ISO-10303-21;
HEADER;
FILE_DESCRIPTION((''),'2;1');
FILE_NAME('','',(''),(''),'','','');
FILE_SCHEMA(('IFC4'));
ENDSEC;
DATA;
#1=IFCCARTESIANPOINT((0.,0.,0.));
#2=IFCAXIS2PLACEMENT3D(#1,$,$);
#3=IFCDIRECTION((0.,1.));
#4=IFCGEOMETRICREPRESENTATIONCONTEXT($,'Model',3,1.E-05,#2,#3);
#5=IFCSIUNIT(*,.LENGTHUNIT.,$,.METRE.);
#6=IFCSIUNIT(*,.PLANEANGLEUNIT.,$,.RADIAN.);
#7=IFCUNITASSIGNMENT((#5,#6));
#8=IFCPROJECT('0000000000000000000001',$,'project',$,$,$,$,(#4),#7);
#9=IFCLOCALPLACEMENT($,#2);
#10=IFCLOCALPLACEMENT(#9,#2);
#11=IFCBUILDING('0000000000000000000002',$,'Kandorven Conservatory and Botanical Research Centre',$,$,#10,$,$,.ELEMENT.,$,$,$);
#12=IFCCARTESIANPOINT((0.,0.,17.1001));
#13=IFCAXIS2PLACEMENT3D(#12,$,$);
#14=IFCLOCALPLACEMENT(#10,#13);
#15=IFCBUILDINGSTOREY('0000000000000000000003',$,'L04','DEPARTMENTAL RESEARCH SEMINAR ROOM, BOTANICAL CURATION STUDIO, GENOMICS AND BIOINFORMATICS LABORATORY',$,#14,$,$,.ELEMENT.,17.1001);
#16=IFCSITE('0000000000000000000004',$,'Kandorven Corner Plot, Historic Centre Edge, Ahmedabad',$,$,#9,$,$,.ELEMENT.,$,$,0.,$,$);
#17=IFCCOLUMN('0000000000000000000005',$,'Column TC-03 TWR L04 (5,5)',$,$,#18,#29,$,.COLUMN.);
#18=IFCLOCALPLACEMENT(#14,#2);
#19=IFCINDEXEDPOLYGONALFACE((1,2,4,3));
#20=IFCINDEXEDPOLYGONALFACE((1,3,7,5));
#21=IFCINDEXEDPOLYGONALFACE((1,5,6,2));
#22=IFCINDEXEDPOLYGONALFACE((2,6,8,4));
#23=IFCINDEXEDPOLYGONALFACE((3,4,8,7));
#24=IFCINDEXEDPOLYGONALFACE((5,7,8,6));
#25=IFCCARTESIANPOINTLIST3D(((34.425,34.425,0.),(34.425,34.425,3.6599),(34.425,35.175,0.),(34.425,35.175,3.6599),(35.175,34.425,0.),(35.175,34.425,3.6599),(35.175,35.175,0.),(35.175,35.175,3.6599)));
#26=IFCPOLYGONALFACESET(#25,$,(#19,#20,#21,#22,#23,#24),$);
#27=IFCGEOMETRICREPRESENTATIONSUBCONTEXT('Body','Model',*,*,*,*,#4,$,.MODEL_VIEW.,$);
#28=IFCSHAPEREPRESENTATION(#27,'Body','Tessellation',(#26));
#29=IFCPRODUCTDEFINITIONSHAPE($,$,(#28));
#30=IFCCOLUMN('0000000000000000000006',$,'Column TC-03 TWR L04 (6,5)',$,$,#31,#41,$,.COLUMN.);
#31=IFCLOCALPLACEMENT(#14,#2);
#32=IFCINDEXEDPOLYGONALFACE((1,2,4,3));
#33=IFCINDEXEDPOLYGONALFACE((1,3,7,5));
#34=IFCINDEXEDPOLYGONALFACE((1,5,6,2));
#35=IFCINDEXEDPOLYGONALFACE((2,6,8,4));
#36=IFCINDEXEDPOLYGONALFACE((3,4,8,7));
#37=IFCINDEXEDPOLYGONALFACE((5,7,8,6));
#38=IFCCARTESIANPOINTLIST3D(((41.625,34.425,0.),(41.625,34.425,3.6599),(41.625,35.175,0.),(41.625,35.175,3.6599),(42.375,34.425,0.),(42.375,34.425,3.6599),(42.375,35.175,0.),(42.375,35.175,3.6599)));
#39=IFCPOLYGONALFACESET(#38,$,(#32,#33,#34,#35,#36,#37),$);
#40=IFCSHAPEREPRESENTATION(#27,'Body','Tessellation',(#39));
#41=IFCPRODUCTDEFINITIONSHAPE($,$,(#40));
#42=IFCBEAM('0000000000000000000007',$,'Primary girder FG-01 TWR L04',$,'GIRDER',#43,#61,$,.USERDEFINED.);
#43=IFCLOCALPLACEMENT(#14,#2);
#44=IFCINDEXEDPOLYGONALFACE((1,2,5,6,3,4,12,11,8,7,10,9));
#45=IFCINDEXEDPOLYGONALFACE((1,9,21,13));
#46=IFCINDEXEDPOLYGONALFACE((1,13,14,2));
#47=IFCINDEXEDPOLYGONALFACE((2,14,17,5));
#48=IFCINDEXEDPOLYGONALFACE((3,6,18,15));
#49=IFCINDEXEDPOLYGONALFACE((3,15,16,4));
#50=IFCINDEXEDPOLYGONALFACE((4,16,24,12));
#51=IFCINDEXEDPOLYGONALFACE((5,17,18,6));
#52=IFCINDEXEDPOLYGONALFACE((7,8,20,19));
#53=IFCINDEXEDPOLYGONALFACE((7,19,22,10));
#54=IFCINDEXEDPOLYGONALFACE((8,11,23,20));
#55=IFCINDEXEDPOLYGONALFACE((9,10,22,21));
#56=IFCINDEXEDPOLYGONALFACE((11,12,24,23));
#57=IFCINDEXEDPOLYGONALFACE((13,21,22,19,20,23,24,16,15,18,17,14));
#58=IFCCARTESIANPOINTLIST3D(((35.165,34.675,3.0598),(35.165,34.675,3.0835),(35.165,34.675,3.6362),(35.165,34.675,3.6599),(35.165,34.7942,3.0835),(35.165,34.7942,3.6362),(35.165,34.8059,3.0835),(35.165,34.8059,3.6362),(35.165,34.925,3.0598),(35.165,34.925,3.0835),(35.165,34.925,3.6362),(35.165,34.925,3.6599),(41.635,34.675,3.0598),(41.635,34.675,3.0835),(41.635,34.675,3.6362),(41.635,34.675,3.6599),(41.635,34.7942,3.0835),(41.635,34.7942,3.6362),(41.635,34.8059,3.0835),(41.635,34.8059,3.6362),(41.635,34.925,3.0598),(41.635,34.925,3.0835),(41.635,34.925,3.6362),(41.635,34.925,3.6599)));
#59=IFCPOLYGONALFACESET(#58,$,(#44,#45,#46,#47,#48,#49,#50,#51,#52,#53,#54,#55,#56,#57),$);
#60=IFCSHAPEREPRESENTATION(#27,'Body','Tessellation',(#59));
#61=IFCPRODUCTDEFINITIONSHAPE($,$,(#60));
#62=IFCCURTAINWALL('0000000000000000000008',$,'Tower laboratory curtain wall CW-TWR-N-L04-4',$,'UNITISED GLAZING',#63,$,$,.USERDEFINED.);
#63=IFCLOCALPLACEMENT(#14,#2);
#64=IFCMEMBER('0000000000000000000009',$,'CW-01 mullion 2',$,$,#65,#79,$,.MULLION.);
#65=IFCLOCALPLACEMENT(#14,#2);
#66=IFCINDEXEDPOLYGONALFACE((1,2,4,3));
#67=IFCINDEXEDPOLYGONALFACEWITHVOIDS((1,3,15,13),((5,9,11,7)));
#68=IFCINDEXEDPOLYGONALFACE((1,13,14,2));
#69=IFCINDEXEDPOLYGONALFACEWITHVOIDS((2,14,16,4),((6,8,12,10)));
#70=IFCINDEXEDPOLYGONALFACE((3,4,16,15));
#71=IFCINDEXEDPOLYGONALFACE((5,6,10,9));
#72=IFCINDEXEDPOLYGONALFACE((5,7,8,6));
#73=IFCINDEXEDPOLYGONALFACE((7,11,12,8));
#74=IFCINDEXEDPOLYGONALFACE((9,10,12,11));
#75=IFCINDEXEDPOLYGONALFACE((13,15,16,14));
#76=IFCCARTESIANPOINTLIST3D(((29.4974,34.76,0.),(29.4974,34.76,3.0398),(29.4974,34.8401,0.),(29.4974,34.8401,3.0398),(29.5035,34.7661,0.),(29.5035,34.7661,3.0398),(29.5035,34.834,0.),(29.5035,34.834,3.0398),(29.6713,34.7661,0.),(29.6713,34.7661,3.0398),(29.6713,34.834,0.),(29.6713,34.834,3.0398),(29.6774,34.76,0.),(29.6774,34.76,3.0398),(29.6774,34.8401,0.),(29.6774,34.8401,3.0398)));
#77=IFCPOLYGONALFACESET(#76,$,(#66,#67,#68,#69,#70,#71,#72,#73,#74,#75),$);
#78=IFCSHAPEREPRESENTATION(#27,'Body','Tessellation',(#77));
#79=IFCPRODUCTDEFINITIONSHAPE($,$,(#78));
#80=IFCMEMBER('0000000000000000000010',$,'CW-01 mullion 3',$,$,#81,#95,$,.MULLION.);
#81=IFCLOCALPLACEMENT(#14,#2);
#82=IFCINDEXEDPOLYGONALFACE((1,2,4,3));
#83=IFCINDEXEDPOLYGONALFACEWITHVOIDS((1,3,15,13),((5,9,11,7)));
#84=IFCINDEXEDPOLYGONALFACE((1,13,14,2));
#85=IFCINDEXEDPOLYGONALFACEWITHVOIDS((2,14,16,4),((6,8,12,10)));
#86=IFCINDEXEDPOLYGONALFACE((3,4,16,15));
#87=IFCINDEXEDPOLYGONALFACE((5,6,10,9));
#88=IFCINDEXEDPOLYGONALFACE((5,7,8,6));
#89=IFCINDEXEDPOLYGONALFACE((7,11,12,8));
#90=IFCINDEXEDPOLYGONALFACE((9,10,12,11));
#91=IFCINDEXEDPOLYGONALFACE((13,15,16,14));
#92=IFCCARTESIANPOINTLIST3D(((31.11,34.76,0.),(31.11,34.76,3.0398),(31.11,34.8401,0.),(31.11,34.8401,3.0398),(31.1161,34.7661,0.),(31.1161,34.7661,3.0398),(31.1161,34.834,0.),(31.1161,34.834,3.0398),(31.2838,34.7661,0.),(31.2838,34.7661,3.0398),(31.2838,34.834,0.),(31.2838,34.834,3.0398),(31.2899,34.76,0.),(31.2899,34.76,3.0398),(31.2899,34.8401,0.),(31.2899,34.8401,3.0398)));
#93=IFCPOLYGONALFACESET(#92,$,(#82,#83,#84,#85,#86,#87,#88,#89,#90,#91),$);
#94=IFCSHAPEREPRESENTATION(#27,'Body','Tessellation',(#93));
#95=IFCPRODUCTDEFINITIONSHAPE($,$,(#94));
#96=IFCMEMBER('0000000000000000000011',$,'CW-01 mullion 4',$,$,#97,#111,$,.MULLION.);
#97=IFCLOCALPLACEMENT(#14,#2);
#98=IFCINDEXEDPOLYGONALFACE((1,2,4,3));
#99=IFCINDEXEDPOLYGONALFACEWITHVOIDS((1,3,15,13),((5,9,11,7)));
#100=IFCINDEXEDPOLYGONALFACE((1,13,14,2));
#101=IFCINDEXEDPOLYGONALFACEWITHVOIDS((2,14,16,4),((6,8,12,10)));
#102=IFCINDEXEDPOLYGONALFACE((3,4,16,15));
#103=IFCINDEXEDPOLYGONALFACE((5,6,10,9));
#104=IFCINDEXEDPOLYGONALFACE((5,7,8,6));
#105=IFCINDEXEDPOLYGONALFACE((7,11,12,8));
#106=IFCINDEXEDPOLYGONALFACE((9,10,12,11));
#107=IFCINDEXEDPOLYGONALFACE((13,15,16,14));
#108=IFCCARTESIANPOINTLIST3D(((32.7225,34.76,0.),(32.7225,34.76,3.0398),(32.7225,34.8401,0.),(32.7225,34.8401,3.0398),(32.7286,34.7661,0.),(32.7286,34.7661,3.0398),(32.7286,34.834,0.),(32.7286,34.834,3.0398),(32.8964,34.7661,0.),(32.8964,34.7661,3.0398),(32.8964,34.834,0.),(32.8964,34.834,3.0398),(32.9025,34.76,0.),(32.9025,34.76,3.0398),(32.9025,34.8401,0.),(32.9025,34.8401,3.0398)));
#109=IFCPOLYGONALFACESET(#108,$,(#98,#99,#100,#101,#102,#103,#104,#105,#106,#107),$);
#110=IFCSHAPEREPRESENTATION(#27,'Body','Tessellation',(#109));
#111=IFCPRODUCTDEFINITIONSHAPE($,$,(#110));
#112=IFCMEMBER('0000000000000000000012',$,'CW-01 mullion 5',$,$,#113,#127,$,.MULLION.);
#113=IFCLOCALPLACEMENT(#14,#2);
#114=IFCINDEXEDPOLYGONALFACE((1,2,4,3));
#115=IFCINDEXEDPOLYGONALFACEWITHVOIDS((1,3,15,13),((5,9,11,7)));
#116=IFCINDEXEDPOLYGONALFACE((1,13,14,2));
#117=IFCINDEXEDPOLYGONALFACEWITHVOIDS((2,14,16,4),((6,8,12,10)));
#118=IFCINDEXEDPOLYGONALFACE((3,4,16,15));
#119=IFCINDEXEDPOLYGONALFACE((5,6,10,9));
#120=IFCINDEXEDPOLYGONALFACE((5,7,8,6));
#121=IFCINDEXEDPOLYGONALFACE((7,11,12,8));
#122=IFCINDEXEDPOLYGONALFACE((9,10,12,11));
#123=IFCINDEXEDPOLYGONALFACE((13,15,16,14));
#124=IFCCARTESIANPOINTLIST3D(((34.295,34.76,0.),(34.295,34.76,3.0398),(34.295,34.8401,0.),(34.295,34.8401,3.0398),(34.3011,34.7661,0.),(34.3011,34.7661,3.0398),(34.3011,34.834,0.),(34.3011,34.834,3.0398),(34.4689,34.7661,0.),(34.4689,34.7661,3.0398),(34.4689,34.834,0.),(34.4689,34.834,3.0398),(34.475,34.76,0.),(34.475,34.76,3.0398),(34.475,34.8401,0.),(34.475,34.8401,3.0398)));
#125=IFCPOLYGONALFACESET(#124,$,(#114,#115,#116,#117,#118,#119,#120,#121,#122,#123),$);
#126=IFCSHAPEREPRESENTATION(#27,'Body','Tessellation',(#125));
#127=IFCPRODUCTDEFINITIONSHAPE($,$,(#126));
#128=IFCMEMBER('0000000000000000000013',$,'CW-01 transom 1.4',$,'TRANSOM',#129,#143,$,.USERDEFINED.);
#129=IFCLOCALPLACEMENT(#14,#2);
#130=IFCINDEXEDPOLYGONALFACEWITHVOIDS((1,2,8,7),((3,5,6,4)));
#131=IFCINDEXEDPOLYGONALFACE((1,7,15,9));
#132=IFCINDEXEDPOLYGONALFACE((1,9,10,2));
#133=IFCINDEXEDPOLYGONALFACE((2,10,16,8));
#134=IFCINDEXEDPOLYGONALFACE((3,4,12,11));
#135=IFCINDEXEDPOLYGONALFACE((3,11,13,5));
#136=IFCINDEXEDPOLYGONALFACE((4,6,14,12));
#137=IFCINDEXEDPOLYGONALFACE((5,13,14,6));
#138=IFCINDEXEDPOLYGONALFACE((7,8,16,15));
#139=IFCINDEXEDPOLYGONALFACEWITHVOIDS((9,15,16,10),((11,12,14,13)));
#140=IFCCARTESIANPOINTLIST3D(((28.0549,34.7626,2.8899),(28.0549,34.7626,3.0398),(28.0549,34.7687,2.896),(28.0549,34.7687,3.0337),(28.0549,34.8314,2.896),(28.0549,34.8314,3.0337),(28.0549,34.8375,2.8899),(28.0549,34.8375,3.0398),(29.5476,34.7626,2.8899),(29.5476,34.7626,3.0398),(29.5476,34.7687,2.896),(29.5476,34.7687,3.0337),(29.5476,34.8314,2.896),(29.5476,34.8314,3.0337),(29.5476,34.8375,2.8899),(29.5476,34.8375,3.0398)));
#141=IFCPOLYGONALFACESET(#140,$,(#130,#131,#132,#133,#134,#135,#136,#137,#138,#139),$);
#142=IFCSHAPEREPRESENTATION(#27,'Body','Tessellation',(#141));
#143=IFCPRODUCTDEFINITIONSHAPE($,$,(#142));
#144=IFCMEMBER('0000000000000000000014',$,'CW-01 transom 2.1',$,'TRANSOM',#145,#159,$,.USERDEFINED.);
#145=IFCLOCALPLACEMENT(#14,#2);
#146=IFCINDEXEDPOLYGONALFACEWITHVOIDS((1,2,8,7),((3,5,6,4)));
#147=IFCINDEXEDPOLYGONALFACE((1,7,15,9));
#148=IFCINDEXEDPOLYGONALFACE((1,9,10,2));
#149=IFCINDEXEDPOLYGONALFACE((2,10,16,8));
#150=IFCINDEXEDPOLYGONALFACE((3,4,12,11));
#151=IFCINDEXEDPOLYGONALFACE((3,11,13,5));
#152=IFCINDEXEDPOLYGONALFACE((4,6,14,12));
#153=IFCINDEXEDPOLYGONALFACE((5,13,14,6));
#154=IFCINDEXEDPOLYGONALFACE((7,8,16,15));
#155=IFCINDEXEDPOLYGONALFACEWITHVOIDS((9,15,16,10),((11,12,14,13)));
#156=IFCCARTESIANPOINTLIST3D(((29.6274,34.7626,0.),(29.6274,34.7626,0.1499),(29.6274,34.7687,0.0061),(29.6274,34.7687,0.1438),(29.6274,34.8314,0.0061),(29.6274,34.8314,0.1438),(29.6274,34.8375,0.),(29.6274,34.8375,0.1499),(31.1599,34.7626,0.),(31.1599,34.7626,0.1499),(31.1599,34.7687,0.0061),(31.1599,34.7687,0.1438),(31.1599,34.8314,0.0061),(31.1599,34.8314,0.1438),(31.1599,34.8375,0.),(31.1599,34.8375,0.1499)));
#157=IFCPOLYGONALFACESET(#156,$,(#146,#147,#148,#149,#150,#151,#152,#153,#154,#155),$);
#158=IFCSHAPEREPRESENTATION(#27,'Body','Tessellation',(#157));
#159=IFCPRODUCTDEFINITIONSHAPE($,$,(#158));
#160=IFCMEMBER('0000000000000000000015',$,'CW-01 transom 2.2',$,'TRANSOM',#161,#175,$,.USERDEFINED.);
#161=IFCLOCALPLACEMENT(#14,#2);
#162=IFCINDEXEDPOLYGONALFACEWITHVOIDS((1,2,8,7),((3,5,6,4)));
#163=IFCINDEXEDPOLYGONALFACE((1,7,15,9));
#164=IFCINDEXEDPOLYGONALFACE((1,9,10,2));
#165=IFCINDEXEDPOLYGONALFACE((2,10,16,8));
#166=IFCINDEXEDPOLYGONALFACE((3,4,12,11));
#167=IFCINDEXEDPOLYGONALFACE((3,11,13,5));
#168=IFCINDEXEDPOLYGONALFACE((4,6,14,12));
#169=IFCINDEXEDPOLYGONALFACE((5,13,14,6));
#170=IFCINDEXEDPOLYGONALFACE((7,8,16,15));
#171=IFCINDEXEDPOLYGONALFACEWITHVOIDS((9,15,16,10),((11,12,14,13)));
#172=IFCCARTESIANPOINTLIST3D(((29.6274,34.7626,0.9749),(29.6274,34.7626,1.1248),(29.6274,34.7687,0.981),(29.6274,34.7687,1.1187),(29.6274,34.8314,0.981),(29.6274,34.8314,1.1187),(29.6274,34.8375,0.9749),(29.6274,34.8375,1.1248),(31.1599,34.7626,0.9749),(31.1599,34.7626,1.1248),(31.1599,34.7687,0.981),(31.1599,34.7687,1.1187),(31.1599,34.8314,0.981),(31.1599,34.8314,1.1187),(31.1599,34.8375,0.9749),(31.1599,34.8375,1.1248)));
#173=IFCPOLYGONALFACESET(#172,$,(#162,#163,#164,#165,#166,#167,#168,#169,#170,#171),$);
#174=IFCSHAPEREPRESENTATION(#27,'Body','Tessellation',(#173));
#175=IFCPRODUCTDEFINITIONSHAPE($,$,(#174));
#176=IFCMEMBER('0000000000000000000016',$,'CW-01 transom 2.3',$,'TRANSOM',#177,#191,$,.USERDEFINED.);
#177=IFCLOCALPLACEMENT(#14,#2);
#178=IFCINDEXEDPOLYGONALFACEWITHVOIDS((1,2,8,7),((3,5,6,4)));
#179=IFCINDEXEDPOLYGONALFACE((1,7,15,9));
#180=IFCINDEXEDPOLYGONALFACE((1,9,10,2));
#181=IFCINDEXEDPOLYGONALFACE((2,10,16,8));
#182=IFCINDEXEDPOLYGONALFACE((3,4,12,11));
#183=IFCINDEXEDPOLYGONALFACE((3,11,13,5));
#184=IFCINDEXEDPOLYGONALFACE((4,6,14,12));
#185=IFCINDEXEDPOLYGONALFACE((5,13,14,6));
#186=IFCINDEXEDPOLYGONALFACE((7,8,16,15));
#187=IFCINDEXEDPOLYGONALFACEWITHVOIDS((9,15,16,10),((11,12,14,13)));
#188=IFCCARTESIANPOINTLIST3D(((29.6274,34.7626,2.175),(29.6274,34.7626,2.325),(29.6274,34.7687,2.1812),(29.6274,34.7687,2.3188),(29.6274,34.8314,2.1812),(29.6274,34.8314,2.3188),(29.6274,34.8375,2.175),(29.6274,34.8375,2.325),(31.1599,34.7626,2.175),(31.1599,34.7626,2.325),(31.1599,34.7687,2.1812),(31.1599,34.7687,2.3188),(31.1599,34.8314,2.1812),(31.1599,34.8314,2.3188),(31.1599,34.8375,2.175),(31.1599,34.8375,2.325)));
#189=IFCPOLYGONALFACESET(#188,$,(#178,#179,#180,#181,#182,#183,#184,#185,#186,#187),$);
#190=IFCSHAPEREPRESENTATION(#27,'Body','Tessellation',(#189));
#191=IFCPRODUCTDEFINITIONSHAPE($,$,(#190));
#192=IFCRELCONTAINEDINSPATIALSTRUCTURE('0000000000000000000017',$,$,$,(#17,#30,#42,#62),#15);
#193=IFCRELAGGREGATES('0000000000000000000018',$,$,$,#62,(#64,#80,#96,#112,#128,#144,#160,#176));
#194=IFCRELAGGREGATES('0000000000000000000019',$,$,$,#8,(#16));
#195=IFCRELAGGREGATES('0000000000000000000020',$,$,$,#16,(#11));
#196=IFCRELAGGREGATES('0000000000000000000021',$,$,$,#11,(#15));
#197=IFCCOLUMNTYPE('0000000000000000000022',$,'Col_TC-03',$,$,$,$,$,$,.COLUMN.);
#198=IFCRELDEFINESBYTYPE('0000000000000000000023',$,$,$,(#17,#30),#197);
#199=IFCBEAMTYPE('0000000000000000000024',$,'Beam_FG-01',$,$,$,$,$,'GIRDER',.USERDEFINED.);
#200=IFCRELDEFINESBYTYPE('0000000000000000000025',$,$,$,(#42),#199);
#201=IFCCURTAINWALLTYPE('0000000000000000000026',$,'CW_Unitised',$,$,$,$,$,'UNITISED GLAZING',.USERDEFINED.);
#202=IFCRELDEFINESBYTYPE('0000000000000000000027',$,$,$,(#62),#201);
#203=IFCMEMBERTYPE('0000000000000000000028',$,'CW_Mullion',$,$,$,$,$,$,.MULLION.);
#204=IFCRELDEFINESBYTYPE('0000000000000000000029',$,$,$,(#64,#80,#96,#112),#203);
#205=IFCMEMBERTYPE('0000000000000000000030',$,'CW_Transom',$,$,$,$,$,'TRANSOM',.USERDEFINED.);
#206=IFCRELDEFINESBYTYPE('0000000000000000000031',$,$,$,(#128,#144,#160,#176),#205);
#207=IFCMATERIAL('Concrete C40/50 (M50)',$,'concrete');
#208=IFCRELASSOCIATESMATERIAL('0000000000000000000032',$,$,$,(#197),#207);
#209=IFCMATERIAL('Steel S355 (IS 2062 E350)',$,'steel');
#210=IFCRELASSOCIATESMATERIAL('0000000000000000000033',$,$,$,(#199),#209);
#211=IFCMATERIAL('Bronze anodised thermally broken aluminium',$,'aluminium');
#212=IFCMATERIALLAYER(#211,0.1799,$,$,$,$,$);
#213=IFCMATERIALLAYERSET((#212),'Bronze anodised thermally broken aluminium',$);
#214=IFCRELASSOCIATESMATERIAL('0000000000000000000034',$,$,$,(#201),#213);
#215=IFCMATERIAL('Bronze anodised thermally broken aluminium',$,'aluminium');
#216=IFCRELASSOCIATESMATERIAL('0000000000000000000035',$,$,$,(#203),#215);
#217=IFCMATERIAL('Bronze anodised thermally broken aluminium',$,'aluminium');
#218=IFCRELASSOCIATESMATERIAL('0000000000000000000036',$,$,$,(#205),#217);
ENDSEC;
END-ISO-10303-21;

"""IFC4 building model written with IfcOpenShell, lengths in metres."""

from ifc_helpers import new_model, si_unit, direction, frame, origin, origin_2d, place, context, subcontext, project, spatial, rectangle, hollow_rectangle, i_section, extrude, material, layer, layer_set, material_profile, profile_set, type_object, element, aggregate, save


model = new_model("IFC4")

# Units and contexts
model_context = context("Model", 3, precision=1e-05, world=origin(), true_north=direction((0.0, 1.0)))
body_context = subcontext(model_context, "Body", "Model", "MODEL_VIEW")
ifc_project = project(units=[si_unit("LENGTHUNIT", "METRE"), si_unit("PLANEANGLEUNIT", "RADIAN")], contexts=[model_context])

# Site, building, storey
site_placement = place(None, origin())
site = spatial("IfcSite", under=ifc_project, at=site_placement, Name="Kandorven Corner Plot, Historic Centre Edge, Ahmedabad", CompositionType="ELEMENT", RefElevation=0.0)
building_placement = place(site_placement, origin())
building = spatial("IfcBuilding", under=site, at=building_placement, Name="Kandorven Conservatory and Botanical Research Centre", CompositionType="ELEMENT")
storey_placement = place(building_placement, frame((0.0, 0.0, 17.1001)))
storey = spatial("IfcBuildingStorey", under=building, at=storey_placement, Name="L04", Description="DEPARTMENTAL RESEARCH SEMINAR ROOM, BOTANICAL CURATION STUDIO, GENOMICS AND BIOINFORMATICS LABORATORY", CompositionType="ELEMENT", Elevation=17.1001)

# Columns
ifc_material_1 = material(Name="Concrete C40/50 (M50)", Category="concrete")
ifc_material_profile_1 = material_profile(ifc_material_1, rectangle(XDim=0.75, YDim=0.75, at=origin_2d()))
ifc_profile_set_1 = profile_set([ifc_material_profile_1], Name="Concrete C40/50 (M50)")
column_type = type_object("IfcColumnType", Name="Col_TC-03", PredefinedType="COLUMN", material=ifc_profile_set_1)
for number, where, z_axis, x_axis, name in (
    (1, (34.8, 34.8, 0.0), (0.0, 0.0, 1.0), (1.0, 0.0, 0.0), "Column TC-03 TWR L04 (5,5)"),
    (2, (42.0, 34.8, 0.0), (0.0, 0.0, 1.0), (1.0, 0.0, 0.0), "Column TC-03 TWR L04 (6,5)"),
):
    element("IfcColumn", number, at=place(storey_placement, frame(where, z_axis=z_axis, x_axis=x_axis)), inside=storey, type_object=column_type, Name=name, PredefinedType="COLUMN", context=body_context, shape_type="SweptSolid", body=[
        extrude(rectangle(XDim=0.75, YDim=0.75, at=origin_2d()), origin(), (0.0, 0.0, 1.0), 3.6599),
    ])

# Beam
ifc_material_2 = material(Name="Steel S355 (IS 2062 E350)", Category="steel")
ifc_material_profile_2 = material_profile(ifc_material_2, i_section(OverallWidth=0.25, OverallDepth=0.6001, WebThickness=0.0117, FlangeThickness=0.0237, at=origin_2d()))
ifc_profile_set_2 = profile_set([ifc_material_profile_2], Name="Steel S355 (IS 2062 E350)")
beam_type = type_object("IfcBeamType", Name="Beam_FG-01", ElementType="GIRDER", PredefinedType="USERDEFINED", material=ifc_profile_set_2)
beam_placement = place(storey_placement, frame((35.165, 34.8, 3.3599), z_axis=(1.0, 0.0, 0.0), x_axis=(0.0, 1.0, 0.0)))
element("IfcBeam", 3, at=beam_placement, inside=storey, type_object=beam_type, Name="Primary girder FG-01 TWR L04", ObjectType="GIRDER", PredefinedType="USERDEFINED", context=body_context, shape_type="SweptSolid", body=[
    extrude(i_section(OverallWidth=0.25, OverallDepth=0.6001, WebThickness=0.0117, FlangeThickness=0.0237, at=origin_2d()), origin(), (0.0, 0.0, 1.0), 6.47),
])

# Curtain wall, members
ifc_material_3 = material(Name="Bronze anodised thermally broken aluminium", Category="aluminium")
ifc_layer_1 = layer(ifc_material_3, 0.1799)
ifc_layer_set_1 = layer_set([ifc_layer_1], Name="Bronze anodised thermally broken aluminium")
curtain_wall_type = type_object("IfcCurtainWallType", Name="CW_Unitised", ElementType="UNITISED GLAZING", PredefinedType="USERDEFINED", material=ifc_layer_set_1)
curtain_wall_placement = place(storey_placement, origin())
curtain_wall = element("IfcCurtainWall", 4, at=curtain_wall_placement, inside=storey, type_object=curtain_wall_type, Name="Tower laboratory curtain wall CW-TWR-N-L04-4", ObjectType="UNITISED GLAZING", PredefinedType="USERDEFINED")
ifc_material_4 = material(Name="Bronze anodised thermally broken aluminium", Category="aluminium")
ifc_material_profile_3 = material_profile(ifc_material_4, hollow_rectangle(XDim=0.0801, YDim=0.1799, WallThickness=0.0061, at=origin_2d()))
ifc_profile_set_3 = profile_set([ifc_material_profile_3], Name="Bronze anodised thermally broken aluminium")
member_type_1 = type_object("IfcMemberType", Name="CW_Mullion", PredefinedType="MULLION", material=ifc_profile_set_3)
member_1_placement = place(storey_placement, frame((29.5874, 34.8, 0.0), z_axis=(0.0, 0.0, 1.0), x_axis=(0.0, 1.0, 0.0)))
member_1 = element("IfcMember", 5, at=member_1_placement, type_object=member_type_1, Name="CW-01 mullion 2", PredefinedType="MULLION", context=body_context, shape_type="SweptSolid", body=[
    extrude(hollow_rectangle(XDim=0.0801, YDim=0.1799, WallThickness=0.0061, at=origin_2d()), origin(), (0.0, 0.0, 1.0), 3.0398),
])
member_2_placement = place(storey_placement, frame((31.2, 34.8, 0.0), z_axis=(0.0, 0.0, 1.0), x_axis=(0.0, 1.0, 0.0)))
member_2 = element("IfcMember", 6, at=member_2_placement, type_object=member_type_1, Name="CW-01 mullion 3", PredefinedType="MULLION", context=body_context, shape_type="SweptSolid", body=[
    extrude(hollow_rectangle(XDim=0.0801, YDim=0.1799, WallThickness=0.0061, at=origin_2d()), origin(), (0.0, 0.0, 1.0), 3.0398),
])
member_3_placement = place(storey_placement, frame((32.8125, 34.8, 0.0), z_axis=(0.0, 0.0, 1.0), x_axis=(0.0, 1.0, 0.0)))
member_3 = element("IfcMember", 7, at=member_3_placement, type_object=member_type_1, Name="CW-01 mullion 4", PredefinedType="MULLION", context=body_context, shape_type="SweptSolid", body=[
    extrude(hollow_rectangle(XDim=0.0801, YDim=0.1799, WallThickness=0.0061, at=origin_2d()), origin(), (0.0, 0.0, 1.0), 3.0398),
])
member_4_placement = place(storey_placement, frame((34.385, 34.8, 0.0), z_axis=(0.0, 0.0, 1.0), x_axis=(0.0, 1.0, 0.0)))
member_4 = element("IfcMember", 8, at=member_4_placement, type_object=member_type_1, Name="CW-01 mullion 5", PredefinedType="MULLION", context=body_context, shape_type="SweptSolid", body=[
    extrude(hollow_rectangle(XDim=0.0801, YDim=0.1799, WallThickness=0.0061, at=origin_2d()), origin(), (0.0, 0.0, 1.0), 3.0398),
])
ifc_material_5 = material(Name="Bronze anodised thermally broken aluminium", Category="aluminium")
ifc_material_profile_4 = material_profile(ifc_material_5, hollow_rectangle(XDim=0.075, YDim=0.1499, WallThickness=0.0061, at=origin_2d()))
ifc_profile_set_4 = profile_set([ifc_material_profile_4], Name="Bronze anodised thermally broken aluminium")
member_type_2 = type_object("IfcMemberType", Name="CW_Transom", ElementType="TRANSOM", PredefinedType="USERDEFINED", material=ifc_profile_set_4)
member_5_placement = place(storey_placement, frame((28.0549, 34.8, 2.9648), z_axis=(1.0, 0.0, 0.0), x_axis=(0.0, 1.0, 0.0)))
member_5 = element("IfcMember", 9, at=member_5_placement, type_object=member_type_2, Name="CW-01 transom 1.4", ObjectType="TRANSOM", PredefinedType="USERDEFINED", context=body_context, shape_type="SweptSolid", body=[
    extrude(hollow_rectangle(XDim=0.075, YDim=0.1499, WallThickness=0.0061, at=origin_2d()), origin(), (0.0, 0.0, 1.0), 1.4927),
])
member_6_placement = place(storey_placement, frame((29.6274, 34.8, 0.075), z_axis=(1.0, 0.0, 0.0), x_axis=(0.0, 1.0, 0.0)))
member_6 = element("IfcMember", 10, at=member_6_placement, type_object=member_type_2, Name="CW-01 transom 2.1", ObjectType="TRANSOM", PredefinedType="USERDEFINED", context=body_context, shape_type="SweptSolid", body=[
    extrude(hollow_rectangle(XDim=0.075, YDim=0.1499, WallThickness=0.0061, at=origin_2d()), origin(), (0.0, 0.0, 1.0), 1.5325),
])
member_7_placement = place(storey_placement, frame((29.6274, 34.8, 1.0498), z_axis=(1.0, 0.0, 0.0), x_axis=(0.0, 1.0, 0.0)))
member_7 = element("IfcMember", 11, at=member_7_placement, type_object=member_type_2, Name="CW-01 transom 2.2", ObjectType="TRANSOM", PredefinedType="USERDEFINED", context=body_context, shape_type="SweptSolid", body=[
    extrude(hollow_rectangle(XDim=0.075, YDim=0.1499, WallThickness=0.0061, at=origin_2d()), origin(), (0.0, 0.0, 1.0), 1.5325),
])
member_8_placement = place(storey_placement, frame((29.6274, 34.8, 2.25), z_axis=(1.0, 0.0, 0.0), x_axis=(0.0, 1.0, 0.0)))
member_8 = element("IfcMember", 12, at=member_8_placement, type_object=member_type_2, Name="CW-01 transom 2.3", ObjectType="TRANSOM", PredefinedType="USERDEFINED", context=body_context, shape_type="SweptSolid", body=[
    extrude(hollow_rectangle(XDim=0.075, YDim=0.1499, WallThickness=0.0061, at=origin_2d()), origin(), (0.0, 0.0, 1.0), 1.5325),
])
aggregate(curtain_wall, [member_1, member_2, member_3, member_4, member_5, member_6, member_7, member_8])

save(model, "model.ifc")
